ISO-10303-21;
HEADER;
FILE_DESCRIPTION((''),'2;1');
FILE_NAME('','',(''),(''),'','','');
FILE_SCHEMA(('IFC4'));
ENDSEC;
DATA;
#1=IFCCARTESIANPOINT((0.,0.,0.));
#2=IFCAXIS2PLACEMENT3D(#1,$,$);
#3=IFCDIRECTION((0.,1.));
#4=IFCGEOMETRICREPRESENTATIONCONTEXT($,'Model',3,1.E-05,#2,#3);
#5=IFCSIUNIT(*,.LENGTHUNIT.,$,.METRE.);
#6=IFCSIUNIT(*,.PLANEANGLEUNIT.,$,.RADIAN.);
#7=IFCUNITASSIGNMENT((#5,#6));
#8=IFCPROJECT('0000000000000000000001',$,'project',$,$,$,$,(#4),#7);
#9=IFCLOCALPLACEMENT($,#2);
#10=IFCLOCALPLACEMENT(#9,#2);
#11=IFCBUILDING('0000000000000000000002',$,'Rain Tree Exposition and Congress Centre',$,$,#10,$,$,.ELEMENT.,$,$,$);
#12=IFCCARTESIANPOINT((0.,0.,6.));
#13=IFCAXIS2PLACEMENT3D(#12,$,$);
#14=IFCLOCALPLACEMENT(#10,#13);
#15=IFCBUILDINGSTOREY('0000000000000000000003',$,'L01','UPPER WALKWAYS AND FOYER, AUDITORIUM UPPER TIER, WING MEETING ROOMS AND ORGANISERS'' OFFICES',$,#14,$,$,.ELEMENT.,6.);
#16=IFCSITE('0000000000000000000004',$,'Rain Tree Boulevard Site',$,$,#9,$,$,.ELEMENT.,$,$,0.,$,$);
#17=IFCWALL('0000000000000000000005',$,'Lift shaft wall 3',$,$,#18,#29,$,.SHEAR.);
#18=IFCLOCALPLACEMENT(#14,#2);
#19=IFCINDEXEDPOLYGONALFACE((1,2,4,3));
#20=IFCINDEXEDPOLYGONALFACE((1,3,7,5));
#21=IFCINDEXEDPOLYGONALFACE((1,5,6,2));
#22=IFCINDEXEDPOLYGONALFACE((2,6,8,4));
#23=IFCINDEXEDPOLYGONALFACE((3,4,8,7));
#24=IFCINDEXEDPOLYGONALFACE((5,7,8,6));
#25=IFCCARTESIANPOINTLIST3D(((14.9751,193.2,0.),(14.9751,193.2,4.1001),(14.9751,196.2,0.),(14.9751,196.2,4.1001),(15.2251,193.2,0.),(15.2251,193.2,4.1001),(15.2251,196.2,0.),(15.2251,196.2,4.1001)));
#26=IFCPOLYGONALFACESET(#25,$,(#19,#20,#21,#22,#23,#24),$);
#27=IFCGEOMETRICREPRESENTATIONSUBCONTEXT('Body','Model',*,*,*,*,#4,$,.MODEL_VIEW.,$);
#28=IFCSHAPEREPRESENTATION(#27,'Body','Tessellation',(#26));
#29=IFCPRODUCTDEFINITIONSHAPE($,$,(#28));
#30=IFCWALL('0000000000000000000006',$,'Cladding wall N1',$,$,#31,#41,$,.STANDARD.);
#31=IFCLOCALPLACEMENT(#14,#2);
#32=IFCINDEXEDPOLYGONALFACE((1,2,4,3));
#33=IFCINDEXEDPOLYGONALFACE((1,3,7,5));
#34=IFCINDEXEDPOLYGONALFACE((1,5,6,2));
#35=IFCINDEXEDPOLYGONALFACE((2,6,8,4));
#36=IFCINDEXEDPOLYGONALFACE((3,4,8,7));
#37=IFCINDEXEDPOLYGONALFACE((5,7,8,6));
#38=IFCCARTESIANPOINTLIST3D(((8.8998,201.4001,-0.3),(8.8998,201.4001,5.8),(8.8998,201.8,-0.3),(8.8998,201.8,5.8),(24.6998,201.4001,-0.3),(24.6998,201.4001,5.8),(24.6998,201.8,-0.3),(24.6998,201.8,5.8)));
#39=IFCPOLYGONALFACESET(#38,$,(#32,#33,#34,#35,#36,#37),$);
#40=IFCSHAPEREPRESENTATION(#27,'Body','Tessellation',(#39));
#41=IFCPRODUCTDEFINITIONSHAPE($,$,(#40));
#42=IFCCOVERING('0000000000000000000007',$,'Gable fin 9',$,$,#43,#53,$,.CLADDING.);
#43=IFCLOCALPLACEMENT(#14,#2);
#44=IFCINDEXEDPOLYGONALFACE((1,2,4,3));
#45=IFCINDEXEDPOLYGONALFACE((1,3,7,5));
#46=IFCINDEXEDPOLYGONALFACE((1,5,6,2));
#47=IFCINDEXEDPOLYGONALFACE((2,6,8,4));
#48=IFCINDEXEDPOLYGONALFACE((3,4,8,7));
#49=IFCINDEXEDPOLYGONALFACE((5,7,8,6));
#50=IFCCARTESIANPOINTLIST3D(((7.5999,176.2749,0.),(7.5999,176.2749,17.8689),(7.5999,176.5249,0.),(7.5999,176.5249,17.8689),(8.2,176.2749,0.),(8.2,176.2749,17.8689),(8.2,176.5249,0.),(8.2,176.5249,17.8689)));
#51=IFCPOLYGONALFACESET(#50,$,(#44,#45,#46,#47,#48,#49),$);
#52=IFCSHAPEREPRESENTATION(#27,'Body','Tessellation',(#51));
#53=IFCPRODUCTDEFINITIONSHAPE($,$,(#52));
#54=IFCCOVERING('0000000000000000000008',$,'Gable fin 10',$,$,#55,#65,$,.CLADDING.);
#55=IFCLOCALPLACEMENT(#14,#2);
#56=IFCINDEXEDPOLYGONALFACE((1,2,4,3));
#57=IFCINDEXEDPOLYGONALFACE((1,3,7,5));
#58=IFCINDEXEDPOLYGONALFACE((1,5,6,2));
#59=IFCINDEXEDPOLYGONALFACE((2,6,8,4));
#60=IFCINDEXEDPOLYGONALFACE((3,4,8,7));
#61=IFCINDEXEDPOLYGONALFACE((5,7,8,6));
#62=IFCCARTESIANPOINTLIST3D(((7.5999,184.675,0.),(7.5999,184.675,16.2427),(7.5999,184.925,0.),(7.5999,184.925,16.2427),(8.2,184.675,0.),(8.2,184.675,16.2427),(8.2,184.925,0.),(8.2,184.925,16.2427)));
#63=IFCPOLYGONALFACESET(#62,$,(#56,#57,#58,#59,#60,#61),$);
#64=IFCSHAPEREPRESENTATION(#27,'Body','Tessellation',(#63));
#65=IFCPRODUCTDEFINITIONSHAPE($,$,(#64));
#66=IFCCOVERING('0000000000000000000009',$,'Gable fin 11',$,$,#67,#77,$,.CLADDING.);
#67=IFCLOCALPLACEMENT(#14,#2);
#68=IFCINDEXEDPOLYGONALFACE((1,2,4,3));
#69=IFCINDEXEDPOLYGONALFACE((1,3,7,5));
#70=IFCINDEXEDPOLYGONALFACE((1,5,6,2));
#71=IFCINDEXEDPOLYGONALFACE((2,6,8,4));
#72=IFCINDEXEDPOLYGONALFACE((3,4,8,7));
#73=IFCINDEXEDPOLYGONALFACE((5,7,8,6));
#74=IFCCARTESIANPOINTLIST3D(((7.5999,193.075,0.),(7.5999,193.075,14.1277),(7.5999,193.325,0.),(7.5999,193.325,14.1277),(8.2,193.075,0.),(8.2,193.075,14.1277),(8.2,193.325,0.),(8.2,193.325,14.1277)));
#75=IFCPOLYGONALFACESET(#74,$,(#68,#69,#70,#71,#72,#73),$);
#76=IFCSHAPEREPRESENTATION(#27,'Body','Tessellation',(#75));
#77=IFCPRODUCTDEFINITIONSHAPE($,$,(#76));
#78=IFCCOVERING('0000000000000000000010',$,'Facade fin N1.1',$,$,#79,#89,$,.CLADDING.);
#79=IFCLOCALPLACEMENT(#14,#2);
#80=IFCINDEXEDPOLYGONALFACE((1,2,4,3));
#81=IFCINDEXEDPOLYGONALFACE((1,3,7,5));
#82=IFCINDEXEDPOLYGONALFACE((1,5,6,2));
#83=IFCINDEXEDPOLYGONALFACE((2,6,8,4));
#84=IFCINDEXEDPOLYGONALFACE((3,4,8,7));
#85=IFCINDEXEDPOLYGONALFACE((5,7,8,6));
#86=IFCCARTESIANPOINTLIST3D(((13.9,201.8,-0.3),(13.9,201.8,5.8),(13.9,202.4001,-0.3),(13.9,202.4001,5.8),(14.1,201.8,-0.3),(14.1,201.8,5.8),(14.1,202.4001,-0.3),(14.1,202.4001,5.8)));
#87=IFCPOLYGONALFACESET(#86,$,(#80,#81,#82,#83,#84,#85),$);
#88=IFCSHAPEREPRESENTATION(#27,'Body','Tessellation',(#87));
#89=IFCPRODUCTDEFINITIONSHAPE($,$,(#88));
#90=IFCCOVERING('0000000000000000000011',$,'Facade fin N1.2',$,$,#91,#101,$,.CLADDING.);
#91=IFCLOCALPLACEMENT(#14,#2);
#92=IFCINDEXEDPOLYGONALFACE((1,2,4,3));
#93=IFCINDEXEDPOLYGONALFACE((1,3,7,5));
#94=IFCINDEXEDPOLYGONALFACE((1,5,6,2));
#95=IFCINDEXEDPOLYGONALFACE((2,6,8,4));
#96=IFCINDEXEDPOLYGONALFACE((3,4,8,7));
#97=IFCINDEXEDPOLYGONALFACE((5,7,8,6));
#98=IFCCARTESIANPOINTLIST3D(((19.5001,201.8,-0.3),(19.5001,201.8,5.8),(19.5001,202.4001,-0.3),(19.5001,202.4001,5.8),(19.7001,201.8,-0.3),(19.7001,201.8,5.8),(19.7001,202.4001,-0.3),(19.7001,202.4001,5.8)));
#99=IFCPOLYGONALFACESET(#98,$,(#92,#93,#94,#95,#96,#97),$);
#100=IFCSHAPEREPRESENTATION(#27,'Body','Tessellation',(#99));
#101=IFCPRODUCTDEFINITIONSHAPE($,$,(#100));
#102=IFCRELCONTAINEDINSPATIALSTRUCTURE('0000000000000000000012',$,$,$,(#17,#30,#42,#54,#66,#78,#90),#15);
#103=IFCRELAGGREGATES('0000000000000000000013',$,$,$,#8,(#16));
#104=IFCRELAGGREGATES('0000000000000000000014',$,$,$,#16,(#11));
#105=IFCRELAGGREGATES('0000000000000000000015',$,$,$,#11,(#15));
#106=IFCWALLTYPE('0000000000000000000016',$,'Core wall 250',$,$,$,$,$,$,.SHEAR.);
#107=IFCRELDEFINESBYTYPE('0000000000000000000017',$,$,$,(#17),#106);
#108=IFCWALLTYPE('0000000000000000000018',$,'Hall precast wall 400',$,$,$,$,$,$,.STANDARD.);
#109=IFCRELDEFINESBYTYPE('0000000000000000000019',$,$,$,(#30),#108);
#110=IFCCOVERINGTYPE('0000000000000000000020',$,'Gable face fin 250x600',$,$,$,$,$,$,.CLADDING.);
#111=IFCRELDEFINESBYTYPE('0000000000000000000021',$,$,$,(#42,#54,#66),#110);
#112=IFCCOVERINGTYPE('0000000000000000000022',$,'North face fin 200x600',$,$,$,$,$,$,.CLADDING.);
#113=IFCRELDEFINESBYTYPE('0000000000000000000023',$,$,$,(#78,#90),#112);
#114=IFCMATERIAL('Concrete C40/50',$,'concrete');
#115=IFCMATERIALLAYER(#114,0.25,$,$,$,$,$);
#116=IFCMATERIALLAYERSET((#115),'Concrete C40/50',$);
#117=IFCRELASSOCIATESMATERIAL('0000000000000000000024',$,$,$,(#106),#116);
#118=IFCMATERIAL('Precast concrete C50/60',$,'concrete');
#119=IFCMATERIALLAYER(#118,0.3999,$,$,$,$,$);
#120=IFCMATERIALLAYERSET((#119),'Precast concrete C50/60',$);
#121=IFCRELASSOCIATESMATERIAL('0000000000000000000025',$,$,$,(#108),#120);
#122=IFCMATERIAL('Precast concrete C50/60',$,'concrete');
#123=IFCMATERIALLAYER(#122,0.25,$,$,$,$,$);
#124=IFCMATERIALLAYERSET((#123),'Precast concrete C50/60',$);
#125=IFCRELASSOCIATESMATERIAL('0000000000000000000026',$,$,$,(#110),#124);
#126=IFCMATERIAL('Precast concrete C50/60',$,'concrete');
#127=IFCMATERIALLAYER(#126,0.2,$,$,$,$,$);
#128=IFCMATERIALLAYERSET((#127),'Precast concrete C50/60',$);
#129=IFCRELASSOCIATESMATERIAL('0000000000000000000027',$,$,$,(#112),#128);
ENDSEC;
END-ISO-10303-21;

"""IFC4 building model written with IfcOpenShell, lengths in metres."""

from ifc_helpers import new_model, si_unit, direction, frame, frame_2d, origin, origin_2d, place, context, subcontext, project, spatial, rectangle, extrude, material, layer, layer_set, type_object, element, save


model = new_model("IFC4")

# Units and contexts
model_context = context("Model", 3, precision=1e-05, world=origin(), true_north=direction((0.0, 1.0)))
body_context = subcontext(model_context, "Body", "Model", "MODEL_VIEW")
ifc_project = project(units=[si_unit("LENGTHUNIT", "METRE"), si_unit("PLANEANGLEUNIT", "RADIAN")], contexts=[model_context])

# Site, building, storey
site_placement = place(None, origin())
site = spatial("IfcSite", under=ifc_project, at=site_placement, Name="Rain Tree Boulevard Site", CompositionType="ELEMENT", RefElevation=0.0)
building_placement = place(site_placement, origin())
building = spatial("IfcBuilding", under=site, at=building_placement, Name="Rain Tree Exposition and Congress Centre", CompositionType="ELEMENT")
storey_placement = place(building_placement, frame((0.0, 0.0, 6.0)))
storey = spatial("IfcBuildingStorey", under=building, at=storey_placement, Name="L01", Description="UPPER WALKWAYS AND FOYER, AUDITORIUM UPPER TIER, WING MEETING ROOMS AND ORGANISERS' OFFICES", CompositionType="ELEMENT", Elevation=6.0)

# Shared definitions
ifc_material_1 = material(Name="Concrete C40/50", Category="concrete")
ifc_layer_1 = layer(ifc_material_1, 0.25)
ifc_layer_set_1 = layer_set([ifc_layer_1], Name="Concrete C40/50")
wall_type_1 = type_object("IfcWallType", Name="Core wall 250", PredefinedType="SHEAR", material=ifc_layer_set_1)

# Walls
wall_1_placement = place(storey_placement, frame((15.1001, 196.2, 0.0), z_axis=(0.0, 0.0, 1.0), x_axis=(0.0, -1.0, 0.0)))
element("IfcWall", 1, at=wall_1_placement, inside=storey, type_object=wall_type_1, Name="Lift shaft wall 3", PredefinedType="SHEAR", context=body_context, shape_type="SweptSolid", body=[
    extrude(rectangle(XDim=3.0, YDim=0.25, at=frame_2d((1.5, 0.0))), origin(), (0.0, 0.0, 1.0), 4.1001),
])
ifc_material_2 = material(Name="Precast concrete C50/60", Category="concrete")
ifc_layer_2 = layer(ifc_material_2, 0.3999)
ifc_layer_set_2 = layer_set([ifc_layer_2], Name="Precast concrete C50/60")
wall_type_2 = type_object("IfcWallType", Name="Hall precast wall 400", PredefinedType="STANDARD", material=ifc_layer_set_2)
wall_2_placement = place(storey_placement, frame((8.8999, 201.6001, -0.3), z_axis=(0.0, 0.0, 1.0), x_axis=(1.0, 0.0, 0.0)))
element("IfcWall", 2, at=wall_2_placement, inside=storey, type_object=wall_type_2, Name="Cladding wall N1", PredefinedType="STANDARD", context=body_context, shape_type="SweptSolid", body=[
    extrude(rectangle(XDim=15.8, YDim=0.3999, at=frame_2d((7.8999, 0.0))), origin(), (0.0, 0.0, 1.0), 6.1001),
])

# Coverings
ifc_material_3 = material(Name="Precast concrete C50/60", Category="concrete")
ifc_layer_3 = layer(ifc_material_3, 0.25)
ifc_layer_set_3 = layer_set([ifc_layer_3], Name="Precast concrete C50/60")
covering_type_1 = type_object("IfcCoveringType", Name="Gable face fin 250x600", PredefinedType="CLADDING", material=ifc_layer_set_3)
covering_1_placement = place(storey_placement, frame((7.8999, 176.3999, 0.0), z_axis=(0.0, 0.0, 1.0), x_axis=(1.0, 0.0, 0.0)))
element("IfcCovering", 3, at=covering_1_placement, inside=storey, type_object=covering_type_1, Name="Gable fin 9", PredefinedType="CLADDING", context=body_context, shape_type="SweptSolid", body=[
    extrude(rectangle(XDim=0.6001, YDim=0.25, at=origin_2d()), origin(), (0.0, 0.0, 1.0), 17.8689),
])
covering_2_placement = place(storey_placement, frame((7.8999, 184.8, 0.0), z_axis=(0.0, 0.0, 1.0), x_axis=(1.0, 0.0, 0.0)))
element("IfcCovering", 4, at=covering_2_placement, inside=storey, type_object=covering_type_1, Name="Gable fin 10", PredefinedType="CLADDING", context=body_context, shape_type="SweptSolid", body=[
    extrude(rectangle(XDim=0.6001, YDim=0.25, at=origin_2d()), origin(), (0.0, 0.0, 1.0), 16.2427),
])
covering_3_placement = place(storey_placement, frame((7.8999, 193.2, 0.0), z_axis=(0.0, 0.0, 1.0), x_axis=(1.0, 0.0, 0.0)))
element("IfcCovering", 5, at=covering_3_placement, inside=storey, type_object=covering_type_1, Name="Gable fin 11", PredefinedType="CLADDING", context=body_context, shape_type="SweptSolid", body=[
    extrude(rectangle(XDim=0.6001, YDim=0.25, at=origin_2d()), origin(), (0.0, 0.0, 1.0), 14.1277),
])

# Coverings
ifc_material_4 = material(Name="Precast concrete C50/60", Category="concrete")
ifc_layer_4 = layer(ifc_material_4, 0.2)
ifc_layer_set_4 = layer_set([ifc_layer_4], Name="Precast concrete C50/60")
covering_type_2 = type_object("IfcCoveringType", Name="North face fin 200x600", PredefinedType="CLADDING", material=ifc_layer_set_4)
for number, where, z_axis, x_axis, name in (
    (6, (14.0, 202.1001, -0.3), (0.0, 0.0, 1.0), (1.0, 0.0, 0.0), "Facade fin N1.1"),
    (7, (19.6001, 202.1001, -0.3), (0.0, 0.0, 1.0), (1.0, 0.0, 0.0), "Facade fin N1.2"),
):
    element("IfcCovering", number, at=place(storey_placement, frame(where, z_axis=z_axis, x_axis=x_axis)), inside=storey, type_object=covering_type_2, Name=name, PredefinedType="CLADDING", context=body_context, shape_type="SweptSolid", body=[
        extrude(rectangle(XDim=0.2, YDim=0.6001, at=origin_2d()), origin(), (0.0, 0.0, 1.0), 6.1001),
    ])

save(model, "model.ifc")
